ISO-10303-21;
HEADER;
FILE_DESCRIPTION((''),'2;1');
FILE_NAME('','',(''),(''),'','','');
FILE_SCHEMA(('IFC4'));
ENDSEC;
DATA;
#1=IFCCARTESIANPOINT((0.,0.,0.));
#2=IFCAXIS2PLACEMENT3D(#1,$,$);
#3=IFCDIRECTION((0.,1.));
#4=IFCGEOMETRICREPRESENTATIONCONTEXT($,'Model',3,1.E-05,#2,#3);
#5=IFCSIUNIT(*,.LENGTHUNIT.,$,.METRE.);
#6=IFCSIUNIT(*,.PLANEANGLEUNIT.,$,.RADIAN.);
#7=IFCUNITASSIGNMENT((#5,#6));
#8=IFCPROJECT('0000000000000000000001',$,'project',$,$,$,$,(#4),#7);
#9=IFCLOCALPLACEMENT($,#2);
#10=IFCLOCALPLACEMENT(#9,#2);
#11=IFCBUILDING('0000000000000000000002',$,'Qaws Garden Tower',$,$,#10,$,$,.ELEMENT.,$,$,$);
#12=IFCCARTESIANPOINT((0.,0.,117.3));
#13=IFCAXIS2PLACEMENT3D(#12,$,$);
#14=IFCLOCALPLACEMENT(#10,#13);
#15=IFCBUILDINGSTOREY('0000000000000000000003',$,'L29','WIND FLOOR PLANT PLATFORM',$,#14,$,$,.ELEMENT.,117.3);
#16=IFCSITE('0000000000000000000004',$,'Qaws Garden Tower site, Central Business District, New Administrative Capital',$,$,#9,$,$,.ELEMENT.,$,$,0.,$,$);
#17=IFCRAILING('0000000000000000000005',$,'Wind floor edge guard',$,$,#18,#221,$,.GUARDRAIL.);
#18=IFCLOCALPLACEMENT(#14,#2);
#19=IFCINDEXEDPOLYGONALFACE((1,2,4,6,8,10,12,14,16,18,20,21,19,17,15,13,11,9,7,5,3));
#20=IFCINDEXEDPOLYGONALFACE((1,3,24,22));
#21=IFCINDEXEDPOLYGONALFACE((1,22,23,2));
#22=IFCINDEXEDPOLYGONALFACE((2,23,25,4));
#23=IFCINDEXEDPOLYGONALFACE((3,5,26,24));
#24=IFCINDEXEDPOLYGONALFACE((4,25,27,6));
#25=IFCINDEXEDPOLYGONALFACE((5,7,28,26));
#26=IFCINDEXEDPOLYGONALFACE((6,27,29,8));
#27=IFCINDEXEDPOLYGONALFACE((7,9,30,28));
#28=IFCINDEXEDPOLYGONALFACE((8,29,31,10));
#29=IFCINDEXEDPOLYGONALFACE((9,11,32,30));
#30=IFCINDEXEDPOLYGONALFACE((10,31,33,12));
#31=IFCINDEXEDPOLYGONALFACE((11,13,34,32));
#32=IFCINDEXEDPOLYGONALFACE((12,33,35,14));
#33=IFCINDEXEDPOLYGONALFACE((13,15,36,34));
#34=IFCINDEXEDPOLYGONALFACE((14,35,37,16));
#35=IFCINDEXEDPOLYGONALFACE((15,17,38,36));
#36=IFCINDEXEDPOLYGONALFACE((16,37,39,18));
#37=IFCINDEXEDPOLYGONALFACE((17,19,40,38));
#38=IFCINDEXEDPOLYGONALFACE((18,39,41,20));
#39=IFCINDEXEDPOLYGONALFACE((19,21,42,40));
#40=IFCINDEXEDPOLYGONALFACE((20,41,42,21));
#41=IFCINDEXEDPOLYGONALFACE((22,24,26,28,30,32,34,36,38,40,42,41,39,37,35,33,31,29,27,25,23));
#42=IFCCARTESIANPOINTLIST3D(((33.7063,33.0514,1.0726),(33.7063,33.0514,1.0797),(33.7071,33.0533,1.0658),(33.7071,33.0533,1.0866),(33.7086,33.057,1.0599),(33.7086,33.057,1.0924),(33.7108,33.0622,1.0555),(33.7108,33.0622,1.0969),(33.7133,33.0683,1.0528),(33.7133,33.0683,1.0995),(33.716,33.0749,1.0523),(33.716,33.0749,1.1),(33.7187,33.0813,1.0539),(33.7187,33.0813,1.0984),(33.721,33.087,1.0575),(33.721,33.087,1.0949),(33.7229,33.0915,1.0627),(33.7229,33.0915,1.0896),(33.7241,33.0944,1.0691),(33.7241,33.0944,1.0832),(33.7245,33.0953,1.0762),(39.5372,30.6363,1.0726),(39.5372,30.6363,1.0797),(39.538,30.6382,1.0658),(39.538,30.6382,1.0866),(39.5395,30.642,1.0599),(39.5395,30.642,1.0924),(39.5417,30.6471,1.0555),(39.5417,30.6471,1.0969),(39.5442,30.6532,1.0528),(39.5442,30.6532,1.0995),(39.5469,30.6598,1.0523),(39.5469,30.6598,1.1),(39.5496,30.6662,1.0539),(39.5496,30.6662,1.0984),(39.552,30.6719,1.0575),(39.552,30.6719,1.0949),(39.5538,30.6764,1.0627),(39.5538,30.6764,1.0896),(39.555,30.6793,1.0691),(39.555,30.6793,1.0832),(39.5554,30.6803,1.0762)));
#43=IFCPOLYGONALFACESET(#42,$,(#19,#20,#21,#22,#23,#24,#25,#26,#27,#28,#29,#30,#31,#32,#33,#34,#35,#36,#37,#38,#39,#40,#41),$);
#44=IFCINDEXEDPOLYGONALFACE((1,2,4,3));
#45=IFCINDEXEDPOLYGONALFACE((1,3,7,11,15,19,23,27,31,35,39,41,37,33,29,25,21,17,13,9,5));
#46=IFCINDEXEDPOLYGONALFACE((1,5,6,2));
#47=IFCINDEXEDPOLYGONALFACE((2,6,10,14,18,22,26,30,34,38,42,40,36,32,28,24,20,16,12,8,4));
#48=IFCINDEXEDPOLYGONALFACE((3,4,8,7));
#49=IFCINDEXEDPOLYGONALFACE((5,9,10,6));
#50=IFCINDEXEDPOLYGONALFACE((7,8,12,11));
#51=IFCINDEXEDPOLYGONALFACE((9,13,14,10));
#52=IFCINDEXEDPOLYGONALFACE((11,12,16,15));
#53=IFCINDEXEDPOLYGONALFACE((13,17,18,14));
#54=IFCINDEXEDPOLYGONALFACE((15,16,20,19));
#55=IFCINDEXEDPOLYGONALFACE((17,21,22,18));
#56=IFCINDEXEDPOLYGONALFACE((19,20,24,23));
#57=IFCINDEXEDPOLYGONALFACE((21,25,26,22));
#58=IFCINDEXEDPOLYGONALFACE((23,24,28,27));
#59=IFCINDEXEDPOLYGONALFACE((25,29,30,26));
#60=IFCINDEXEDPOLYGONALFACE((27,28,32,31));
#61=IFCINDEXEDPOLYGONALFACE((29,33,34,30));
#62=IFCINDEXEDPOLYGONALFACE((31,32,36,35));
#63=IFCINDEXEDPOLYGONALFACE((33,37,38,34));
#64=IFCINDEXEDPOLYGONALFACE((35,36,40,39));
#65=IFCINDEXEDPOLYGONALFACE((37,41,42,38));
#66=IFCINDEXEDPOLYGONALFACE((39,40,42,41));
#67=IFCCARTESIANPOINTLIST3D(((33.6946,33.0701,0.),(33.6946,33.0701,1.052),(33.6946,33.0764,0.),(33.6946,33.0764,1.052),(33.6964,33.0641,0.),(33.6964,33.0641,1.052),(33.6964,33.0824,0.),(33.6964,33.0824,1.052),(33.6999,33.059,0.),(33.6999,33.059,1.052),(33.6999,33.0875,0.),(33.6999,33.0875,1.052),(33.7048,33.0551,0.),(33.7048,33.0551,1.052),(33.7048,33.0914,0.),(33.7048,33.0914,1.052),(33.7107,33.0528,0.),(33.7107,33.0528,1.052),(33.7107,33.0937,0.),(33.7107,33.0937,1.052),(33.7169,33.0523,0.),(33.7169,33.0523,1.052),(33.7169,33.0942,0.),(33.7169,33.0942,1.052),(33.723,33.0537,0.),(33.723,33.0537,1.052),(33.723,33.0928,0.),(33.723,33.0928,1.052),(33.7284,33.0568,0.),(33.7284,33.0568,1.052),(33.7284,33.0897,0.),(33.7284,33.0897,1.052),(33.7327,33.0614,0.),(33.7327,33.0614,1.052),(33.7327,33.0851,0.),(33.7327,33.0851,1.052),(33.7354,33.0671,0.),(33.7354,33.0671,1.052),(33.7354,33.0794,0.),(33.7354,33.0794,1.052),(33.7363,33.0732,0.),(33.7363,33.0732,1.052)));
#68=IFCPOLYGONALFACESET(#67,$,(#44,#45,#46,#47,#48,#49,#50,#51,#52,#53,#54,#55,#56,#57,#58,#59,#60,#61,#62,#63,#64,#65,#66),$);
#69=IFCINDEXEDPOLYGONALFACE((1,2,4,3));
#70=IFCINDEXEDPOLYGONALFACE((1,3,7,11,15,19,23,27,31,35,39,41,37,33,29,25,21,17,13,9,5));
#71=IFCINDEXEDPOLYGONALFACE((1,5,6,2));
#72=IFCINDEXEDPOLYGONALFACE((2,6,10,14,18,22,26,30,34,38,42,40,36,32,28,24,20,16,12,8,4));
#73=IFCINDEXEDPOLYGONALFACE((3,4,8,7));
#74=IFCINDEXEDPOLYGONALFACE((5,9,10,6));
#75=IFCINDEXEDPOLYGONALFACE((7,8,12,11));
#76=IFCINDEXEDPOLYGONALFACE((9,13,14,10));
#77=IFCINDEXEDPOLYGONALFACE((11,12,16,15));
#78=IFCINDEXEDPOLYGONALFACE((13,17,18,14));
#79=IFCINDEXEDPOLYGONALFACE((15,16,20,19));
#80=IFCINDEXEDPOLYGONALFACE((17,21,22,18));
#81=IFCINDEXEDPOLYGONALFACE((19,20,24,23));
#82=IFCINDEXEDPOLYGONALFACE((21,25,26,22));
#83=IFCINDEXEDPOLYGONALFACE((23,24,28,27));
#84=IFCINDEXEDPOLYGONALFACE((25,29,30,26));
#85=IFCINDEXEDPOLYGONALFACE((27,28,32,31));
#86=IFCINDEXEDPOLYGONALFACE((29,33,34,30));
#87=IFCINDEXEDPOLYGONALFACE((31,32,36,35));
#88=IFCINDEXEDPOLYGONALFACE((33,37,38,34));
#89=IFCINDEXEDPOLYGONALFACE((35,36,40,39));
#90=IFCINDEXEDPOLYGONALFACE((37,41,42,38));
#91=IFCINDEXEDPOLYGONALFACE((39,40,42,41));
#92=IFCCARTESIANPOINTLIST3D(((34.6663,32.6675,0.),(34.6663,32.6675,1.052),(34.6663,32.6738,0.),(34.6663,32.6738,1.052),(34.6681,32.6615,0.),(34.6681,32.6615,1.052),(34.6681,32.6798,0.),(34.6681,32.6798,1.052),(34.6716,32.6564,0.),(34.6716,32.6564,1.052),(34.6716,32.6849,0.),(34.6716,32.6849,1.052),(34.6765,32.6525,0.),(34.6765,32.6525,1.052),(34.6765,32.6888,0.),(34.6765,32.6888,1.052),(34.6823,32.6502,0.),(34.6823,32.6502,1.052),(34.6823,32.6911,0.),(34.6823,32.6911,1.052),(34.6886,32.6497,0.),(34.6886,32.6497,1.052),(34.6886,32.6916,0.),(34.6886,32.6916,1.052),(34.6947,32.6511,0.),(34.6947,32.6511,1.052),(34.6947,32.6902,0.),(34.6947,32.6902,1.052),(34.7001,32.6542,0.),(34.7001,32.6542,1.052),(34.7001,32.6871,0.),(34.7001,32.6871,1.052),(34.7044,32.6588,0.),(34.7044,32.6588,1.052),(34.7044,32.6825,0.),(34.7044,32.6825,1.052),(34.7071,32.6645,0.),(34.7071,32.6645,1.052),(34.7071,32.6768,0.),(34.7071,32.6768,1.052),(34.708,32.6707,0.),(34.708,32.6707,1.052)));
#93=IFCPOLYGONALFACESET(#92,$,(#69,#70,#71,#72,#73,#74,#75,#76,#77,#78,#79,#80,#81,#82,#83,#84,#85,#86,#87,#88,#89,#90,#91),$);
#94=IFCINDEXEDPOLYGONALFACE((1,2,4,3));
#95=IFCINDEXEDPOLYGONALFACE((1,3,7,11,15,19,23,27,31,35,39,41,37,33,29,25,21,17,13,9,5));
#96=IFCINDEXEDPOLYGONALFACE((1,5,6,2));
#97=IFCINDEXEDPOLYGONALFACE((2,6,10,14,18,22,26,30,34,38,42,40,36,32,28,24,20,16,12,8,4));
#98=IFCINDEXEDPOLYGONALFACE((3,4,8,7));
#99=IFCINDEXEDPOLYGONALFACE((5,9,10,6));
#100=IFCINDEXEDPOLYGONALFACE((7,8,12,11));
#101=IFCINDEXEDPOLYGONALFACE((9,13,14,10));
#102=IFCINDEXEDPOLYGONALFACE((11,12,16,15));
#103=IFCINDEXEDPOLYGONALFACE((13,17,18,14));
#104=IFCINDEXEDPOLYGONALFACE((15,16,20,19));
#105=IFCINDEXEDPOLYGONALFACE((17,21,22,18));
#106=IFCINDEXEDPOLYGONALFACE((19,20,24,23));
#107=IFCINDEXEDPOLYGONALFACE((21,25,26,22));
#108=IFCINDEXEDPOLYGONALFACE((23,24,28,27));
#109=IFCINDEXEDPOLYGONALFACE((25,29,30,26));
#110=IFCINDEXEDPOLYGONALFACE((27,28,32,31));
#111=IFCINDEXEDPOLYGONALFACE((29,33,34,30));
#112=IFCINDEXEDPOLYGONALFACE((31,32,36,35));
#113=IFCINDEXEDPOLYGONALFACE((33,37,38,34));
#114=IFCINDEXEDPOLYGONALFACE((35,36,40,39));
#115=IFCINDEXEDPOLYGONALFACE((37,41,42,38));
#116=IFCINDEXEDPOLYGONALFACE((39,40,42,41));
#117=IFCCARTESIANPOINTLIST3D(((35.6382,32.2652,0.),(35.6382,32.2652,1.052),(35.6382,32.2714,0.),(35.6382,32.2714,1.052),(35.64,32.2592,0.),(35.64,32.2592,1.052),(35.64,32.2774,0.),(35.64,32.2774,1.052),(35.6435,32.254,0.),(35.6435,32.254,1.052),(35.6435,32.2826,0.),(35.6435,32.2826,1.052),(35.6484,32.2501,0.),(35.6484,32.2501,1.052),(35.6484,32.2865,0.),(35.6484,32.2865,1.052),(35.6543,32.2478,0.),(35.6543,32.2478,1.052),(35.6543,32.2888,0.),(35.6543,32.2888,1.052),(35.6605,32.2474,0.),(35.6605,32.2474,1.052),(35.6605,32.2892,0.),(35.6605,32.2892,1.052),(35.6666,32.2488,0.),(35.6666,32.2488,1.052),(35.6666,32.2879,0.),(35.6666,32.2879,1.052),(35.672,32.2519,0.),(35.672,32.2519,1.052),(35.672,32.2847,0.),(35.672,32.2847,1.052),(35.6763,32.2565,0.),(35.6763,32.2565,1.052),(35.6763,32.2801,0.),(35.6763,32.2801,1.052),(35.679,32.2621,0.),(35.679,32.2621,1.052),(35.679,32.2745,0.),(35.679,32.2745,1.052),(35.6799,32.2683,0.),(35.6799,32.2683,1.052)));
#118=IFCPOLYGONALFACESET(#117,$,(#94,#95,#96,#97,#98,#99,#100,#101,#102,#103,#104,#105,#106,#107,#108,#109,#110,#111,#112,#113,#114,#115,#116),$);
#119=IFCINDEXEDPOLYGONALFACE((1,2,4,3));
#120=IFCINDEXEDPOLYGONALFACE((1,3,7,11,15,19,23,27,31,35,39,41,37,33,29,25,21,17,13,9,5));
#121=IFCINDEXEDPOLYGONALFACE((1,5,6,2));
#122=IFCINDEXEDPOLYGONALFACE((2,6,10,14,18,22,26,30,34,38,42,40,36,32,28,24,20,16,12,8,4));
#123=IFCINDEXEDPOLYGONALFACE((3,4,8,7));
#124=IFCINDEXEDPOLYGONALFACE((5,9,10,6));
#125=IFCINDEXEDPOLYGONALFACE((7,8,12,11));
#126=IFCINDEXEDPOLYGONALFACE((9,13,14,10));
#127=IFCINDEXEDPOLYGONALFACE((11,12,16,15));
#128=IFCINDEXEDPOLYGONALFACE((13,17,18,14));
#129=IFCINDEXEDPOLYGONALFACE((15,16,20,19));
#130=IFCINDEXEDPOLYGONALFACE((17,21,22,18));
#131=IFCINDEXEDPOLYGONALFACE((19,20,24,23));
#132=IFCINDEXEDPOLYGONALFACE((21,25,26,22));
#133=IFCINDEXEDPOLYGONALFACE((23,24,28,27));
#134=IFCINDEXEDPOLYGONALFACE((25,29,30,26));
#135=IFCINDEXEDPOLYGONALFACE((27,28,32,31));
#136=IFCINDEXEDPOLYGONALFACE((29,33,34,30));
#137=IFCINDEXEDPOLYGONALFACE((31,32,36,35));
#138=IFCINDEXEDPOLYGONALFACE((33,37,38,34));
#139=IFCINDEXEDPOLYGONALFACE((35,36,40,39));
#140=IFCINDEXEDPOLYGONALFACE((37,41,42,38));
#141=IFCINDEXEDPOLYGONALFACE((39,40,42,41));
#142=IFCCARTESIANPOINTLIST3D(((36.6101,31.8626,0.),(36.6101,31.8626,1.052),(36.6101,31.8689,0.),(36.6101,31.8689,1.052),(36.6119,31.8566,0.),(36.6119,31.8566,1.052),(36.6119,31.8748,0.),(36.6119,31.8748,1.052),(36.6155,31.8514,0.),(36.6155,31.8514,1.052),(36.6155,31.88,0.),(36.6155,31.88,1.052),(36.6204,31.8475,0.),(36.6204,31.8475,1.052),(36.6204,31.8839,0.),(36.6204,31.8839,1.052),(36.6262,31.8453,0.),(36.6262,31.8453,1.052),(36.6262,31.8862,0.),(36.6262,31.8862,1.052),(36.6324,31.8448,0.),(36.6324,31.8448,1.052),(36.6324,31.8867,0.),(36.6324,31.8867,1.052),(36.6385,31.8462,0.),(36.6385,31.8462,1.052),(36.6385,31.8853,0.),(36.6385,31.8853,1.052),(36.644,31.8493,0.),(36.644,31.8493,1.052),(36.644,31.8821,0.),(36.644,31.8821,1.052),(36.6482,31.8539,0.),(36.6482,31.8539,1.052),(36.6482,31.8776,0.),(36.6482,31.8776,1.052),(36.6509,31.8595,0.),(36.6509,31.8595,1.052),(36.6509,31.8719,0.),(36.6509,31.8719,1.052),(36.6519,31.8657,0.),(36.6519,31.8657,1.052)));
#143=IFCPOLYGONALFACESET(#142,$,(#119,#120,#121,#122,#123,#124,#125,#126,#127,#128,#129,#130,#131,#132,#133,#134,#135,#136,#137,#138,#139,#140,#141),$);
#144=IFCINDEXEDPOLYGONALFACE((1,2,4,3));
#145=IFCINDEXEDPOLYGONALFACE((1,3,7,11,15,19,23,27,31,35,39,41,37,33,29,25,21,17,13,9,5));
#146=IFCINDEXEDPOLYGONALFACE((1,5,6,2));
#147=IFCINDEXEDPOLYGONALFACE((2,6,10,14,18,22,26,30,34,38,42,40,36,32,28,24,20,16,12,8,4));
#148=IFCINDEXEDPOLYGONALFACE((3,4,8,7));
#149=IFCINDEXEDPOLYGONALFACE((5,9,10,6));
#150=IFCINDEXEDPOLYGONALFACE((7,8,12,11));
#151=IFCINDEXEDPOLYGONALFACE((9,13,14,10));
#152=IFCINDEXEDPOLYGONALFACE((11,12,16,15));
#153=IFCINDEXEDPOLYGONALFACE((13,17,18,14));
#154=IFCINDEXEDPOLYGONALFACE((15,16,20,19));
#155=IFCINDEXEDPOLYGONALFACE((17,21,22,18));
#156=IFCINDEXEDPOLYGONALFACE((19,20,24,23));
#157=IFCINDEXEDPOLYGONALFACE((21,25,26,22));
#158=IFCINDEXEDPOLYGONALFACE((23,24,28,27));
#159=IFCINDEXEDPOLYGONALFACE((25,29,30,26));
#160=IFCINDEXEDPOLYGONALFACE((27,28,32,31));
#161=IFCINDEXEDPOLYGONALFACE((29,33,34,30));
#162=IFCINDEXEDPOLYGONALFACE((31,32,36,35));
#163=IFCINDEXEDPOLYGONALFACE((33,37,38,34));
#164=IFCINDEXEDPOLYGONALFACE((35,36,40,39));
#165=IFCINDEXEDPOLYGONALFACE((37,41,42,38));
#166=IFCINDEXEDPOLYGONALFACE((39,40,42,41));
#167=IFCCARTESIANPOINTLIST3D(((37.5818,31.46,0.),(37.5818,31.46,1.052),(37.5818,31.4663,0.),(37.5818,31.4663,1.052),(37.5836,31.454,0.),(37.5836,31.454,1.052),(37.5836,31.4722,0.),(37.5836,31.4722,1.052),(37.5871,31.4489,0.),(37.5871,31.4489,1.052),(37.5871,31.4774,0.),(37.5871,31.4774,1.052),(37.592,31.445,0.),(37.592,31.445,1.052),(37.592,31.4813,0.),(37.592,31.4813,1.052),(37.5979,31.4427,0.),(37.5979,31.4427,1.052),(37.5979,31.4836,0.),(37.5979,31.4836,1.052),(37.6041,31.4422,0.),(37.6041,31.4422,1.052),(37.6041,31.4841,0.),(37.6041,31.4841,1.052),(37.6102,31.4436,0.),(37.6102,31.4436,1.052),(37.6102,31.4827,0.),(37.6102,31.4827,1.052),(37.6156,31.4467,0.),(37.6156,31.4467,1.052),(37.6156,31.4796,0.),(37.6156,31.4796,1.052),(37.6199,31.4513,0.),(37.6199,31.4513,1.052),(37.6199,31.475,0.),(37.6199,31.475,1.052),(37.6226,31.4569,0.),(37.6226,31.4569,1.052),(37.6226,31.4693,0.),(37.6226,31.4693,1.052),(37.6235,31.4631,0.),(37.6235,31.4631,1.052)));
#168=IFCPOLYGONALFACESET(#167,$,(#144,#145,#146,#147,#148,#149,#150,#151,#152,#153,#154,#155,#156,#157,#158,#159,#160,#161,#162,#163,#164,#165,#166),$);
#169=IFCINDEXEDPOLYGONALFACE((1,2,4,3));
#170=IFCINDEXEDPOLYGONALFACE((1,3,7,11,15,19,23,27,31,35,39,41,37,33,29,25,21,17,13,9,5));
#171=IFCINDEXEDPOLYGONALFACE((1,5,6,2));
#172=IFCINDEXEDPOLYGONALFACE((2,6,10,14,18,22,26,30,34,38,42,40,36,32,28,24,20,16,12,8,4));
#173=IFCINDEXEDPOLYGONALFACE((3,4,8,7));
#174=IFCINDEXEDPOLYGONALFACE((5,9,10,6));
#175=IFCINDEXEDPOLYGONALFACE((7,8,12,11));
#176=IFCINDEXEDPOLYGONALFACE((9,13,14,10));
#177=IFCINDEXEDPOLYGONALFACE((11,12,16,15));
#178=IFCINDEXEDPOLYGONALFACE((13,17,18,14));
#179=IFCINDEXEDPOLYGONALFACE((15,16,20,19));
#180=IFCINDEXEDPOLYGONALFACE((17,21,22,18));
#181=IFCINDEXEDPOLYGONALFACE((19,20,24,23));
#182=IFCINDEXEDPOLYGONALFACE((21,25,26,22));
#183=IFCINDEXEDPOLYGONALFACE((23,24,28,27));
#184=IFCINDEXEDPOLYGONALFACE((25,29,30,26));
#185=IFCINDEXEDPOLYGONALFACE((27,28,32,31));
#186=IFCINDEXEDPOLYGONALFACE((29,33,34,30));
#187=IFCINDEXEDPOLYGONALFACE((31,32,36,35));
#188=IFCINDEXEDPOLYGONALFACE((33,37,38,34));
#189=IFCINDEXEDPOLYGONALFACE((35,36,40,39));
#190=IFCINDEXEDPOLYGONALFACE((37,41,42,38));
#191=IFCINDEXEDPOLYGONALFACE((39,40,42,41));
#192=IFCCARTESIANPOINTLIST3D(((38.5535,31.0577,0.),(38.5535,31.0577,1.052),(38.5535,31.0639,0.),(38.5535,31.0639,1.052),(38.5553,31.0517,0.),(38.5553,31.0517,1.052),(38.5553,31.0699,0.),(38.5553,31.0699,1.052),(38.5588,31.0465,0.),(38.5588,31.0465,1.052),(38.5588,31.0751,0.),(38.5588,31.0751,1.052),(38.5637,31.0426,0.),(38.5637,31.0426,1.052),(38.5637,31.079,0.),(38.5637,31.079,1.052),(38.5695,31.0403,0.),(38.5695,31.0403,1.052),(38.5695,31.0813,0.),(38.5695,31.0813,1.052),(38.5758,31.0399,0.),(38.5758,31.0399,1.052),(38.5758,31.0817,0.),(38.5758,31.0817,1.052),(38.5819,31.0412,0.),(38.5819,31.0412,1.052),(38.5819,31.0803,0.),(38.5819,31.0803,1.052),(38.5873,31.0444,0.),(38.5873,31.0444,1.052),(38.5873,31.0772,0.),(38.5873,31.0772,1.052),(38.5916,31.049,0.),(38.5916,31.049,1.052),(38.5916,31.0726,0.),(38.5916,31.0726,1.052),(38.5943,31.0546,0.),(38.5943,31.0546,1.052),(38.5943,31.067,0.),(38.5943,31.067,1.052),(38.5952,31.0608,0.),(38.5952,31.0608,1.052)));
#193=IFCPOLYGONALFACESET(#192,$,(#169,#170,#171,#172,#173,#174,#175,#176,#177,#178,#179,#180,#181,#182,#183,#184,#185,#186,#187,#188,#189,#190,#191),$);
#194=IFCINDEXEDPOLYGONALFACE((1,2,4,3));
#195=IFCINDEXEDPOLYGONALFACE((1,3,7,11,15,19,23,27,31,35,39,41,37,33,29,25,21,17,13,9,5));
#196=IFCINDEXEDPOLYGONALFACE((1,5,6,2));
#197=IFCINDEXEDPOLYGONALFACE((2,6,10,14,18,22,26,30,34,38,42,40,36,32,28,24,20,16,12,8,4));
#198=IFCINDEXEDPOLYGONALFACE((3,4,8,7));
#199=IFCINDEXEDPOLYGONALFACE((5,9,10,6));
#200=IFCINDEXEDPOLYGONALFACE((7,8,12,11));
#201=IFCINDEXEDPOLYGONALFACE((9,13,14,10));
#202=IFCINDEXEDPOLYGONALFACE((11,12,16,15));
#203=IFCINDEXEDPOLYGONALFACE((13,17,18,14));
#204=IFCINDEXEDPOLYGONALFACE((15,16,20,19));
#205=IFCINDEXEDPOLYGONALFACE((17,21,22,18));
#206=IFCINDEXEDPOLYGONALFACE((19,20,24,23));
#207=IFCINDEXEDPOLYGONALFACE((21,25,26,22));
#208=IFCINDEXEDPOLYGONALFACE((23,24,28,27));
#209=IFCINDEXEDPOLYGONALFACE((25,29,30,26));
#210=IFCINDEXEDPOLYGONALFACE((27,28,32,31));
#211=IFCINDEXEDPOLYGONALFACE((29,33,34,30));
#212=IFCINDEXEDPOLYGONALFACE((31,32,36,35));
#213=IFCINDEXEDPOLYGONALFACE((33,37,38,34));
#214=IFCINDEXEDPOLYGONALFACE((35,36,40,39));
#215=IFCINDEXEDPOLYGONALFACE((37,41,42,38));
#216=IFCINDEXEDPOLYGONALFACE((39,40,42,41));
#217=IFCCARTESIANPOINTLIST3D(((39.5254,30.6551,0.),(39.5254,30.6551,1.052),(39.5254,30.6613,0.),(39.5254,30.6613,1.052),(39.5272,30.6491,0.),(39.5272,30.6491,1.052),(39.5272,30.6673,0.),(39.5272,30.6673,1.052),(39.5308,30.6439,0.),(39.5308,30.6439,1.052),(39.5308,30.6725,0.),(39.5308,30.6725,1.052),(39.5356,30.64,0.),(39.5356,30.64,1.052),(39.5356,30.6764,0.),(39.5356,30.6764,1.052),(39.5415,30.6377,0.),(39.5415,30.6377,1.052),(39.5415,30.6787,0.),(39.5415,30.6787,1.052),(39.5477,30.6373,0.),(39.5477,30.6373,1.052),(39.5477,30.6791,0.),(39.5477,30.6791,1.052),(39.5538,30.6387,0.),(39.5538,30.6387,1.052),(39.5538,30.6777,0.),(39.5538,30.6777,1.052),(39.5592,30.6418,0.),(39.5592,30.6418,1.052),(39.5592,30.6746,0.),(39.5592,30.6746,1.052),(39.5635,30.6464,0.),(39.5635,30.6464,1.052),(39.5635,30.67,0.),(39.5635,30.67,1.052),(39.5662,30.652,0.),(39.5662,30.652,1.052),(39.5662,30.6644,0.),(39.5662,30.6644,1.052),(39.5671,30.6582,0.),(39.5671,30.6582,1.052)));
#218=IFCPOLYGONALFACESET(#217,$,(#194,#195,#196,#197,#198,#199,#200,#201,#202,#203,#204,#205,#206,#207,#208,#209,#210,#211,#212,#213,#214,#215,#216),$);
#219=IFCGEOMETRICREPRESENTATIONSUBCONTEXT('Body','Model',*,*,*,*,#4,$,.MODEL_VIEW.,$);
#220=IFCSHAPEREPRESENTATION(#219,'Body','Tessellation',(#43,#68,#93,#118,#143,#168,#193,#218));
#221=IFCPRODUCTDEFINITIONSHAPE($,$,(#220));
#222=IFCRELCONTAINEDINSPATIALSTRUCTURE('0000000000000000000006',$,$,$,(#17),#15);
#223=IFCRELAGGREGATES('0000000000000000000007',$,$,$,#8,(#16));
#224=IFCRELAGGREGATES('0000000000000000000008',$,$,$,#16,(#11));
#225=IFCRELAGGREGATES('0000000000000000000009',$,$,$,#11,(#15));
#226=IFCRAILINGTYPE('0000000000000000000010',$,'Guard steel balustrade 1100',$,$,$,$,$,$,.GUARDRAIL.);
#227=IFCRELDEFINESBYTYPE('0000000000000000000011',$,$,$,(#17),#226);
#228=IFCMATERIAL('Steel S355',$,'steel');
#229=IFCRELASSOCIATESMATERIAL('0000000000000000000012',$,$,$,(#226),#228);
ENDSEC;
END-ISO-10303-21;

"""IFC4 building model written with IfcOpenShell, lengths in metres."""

from ifc_helpers import new_model, si_unit, direction, frame, origin, origin_2d, place, context, subcontext, project, spatial, circle, extrude, material, type_object, element, save


model = new_model("IFC4")

# Units and contexts
model_context = context("Model", 3, precision=1e-05, world=origin(), true_north=direction((0.0, 1.0)))
body_context = subcontext(model_context, "Body", "Model", "MODEL_VIEW")
ifc_project = project(units=[si_unit("LENGTHUNIT", "METRE"), si_unit("PLANEANGLEUNIT", "RADIAN")], contexts=[model_context])

# Site, building, storey
site_placement = place(None, origin())
site = spatial("IfcSite", under=ifc_project, at=site_placement, Name="Qaws Garden Tower site, Central Business District, New Administrative Capital", CompositionType="ELEMENT", RefElevation=0.0)
building_placement = place(site_placement, origin())
building = spatial("IfcBuilding", under=site, at=building_placement, Name="Qaws Garden Tower", CompositionType="ELEMENT")
storey_placement = place(building_placement, frame((0.0, 0.0, 117.3)))
storey = spatial("IfcBuildingStorey", under=building, at=storey_placement, Name="L29", Description="WIND FLOOR PLANT PLATFORM", CompositionType="ELEMENT", Elevation=117.3)

# Railing
ifc_material_1 = material(Name="Steel S355", Category="steel")
railing_type = type_object("IfcRailingType", Name="Guard steel balustrade 1100", PredefinedType="GUARDRAIL", material=ifc_material_1)
railing_1_placement = place(storey_placement, frame((33.7153, 33.0732, 0.0)))
element("IfcRailing", 1, at=railing_1_placement, inside=storey, type_object=railing_type, Name="Wind floor edge guard", PredefinedType="GUARDRAIL", context=body_context, shape_type="SweptSolid", body=[
    extrude(circle(Radius=0.0239, at=origin_2d()), frame((0.0, 0.0, 1.0762), z_axis=(0.923889, -0.382662, 0.0), x_axis=(0.382662, 0.923889, 0.0)), (0.0, 0.0, 1.0), 6.3113),
    extrude(circle(Radius=0.021, at=origin_2d()), origin(), (0.0, 0.0, 1.0), 1.052),
    extrude(circle(Radius=0.021, at=origin_2d()), frame((0.9717, -0.4026, 0.0)), (0.0, 0.0, 1.0), 1.052),
    extrude(circle(Radius=0.021, at=origin_2d()), frame((1.9436, -0.8049, 0.0)), (0.0, 0.0, 1.0), 1.052),
    extrude(circle(Radius=0.021, at=origin_2d()), frame((2.9155, -1.2075, 0.0)), (0.0, 0.0, 1.0), 1.052),
    extrude(circle(Radius=0.021, at=origin_2d()), frame((3.8872, -1.6101, 0.0)), (0.0, 0.0, 1.0), 1.052),
    extrude(circle(Radius=0.021, at=origin_2d()), frame((4.8589, -2.0125, 0.0)), (0.0, 0.0, 1.0), 1.052),
    extrude(circle(Radius=0.021, at=origin_2d()), frame((5.8308, -2.415, 0.0)), (0.0, 0.0, 1.0), 1.052),
])

save(model, "model.ifc")
